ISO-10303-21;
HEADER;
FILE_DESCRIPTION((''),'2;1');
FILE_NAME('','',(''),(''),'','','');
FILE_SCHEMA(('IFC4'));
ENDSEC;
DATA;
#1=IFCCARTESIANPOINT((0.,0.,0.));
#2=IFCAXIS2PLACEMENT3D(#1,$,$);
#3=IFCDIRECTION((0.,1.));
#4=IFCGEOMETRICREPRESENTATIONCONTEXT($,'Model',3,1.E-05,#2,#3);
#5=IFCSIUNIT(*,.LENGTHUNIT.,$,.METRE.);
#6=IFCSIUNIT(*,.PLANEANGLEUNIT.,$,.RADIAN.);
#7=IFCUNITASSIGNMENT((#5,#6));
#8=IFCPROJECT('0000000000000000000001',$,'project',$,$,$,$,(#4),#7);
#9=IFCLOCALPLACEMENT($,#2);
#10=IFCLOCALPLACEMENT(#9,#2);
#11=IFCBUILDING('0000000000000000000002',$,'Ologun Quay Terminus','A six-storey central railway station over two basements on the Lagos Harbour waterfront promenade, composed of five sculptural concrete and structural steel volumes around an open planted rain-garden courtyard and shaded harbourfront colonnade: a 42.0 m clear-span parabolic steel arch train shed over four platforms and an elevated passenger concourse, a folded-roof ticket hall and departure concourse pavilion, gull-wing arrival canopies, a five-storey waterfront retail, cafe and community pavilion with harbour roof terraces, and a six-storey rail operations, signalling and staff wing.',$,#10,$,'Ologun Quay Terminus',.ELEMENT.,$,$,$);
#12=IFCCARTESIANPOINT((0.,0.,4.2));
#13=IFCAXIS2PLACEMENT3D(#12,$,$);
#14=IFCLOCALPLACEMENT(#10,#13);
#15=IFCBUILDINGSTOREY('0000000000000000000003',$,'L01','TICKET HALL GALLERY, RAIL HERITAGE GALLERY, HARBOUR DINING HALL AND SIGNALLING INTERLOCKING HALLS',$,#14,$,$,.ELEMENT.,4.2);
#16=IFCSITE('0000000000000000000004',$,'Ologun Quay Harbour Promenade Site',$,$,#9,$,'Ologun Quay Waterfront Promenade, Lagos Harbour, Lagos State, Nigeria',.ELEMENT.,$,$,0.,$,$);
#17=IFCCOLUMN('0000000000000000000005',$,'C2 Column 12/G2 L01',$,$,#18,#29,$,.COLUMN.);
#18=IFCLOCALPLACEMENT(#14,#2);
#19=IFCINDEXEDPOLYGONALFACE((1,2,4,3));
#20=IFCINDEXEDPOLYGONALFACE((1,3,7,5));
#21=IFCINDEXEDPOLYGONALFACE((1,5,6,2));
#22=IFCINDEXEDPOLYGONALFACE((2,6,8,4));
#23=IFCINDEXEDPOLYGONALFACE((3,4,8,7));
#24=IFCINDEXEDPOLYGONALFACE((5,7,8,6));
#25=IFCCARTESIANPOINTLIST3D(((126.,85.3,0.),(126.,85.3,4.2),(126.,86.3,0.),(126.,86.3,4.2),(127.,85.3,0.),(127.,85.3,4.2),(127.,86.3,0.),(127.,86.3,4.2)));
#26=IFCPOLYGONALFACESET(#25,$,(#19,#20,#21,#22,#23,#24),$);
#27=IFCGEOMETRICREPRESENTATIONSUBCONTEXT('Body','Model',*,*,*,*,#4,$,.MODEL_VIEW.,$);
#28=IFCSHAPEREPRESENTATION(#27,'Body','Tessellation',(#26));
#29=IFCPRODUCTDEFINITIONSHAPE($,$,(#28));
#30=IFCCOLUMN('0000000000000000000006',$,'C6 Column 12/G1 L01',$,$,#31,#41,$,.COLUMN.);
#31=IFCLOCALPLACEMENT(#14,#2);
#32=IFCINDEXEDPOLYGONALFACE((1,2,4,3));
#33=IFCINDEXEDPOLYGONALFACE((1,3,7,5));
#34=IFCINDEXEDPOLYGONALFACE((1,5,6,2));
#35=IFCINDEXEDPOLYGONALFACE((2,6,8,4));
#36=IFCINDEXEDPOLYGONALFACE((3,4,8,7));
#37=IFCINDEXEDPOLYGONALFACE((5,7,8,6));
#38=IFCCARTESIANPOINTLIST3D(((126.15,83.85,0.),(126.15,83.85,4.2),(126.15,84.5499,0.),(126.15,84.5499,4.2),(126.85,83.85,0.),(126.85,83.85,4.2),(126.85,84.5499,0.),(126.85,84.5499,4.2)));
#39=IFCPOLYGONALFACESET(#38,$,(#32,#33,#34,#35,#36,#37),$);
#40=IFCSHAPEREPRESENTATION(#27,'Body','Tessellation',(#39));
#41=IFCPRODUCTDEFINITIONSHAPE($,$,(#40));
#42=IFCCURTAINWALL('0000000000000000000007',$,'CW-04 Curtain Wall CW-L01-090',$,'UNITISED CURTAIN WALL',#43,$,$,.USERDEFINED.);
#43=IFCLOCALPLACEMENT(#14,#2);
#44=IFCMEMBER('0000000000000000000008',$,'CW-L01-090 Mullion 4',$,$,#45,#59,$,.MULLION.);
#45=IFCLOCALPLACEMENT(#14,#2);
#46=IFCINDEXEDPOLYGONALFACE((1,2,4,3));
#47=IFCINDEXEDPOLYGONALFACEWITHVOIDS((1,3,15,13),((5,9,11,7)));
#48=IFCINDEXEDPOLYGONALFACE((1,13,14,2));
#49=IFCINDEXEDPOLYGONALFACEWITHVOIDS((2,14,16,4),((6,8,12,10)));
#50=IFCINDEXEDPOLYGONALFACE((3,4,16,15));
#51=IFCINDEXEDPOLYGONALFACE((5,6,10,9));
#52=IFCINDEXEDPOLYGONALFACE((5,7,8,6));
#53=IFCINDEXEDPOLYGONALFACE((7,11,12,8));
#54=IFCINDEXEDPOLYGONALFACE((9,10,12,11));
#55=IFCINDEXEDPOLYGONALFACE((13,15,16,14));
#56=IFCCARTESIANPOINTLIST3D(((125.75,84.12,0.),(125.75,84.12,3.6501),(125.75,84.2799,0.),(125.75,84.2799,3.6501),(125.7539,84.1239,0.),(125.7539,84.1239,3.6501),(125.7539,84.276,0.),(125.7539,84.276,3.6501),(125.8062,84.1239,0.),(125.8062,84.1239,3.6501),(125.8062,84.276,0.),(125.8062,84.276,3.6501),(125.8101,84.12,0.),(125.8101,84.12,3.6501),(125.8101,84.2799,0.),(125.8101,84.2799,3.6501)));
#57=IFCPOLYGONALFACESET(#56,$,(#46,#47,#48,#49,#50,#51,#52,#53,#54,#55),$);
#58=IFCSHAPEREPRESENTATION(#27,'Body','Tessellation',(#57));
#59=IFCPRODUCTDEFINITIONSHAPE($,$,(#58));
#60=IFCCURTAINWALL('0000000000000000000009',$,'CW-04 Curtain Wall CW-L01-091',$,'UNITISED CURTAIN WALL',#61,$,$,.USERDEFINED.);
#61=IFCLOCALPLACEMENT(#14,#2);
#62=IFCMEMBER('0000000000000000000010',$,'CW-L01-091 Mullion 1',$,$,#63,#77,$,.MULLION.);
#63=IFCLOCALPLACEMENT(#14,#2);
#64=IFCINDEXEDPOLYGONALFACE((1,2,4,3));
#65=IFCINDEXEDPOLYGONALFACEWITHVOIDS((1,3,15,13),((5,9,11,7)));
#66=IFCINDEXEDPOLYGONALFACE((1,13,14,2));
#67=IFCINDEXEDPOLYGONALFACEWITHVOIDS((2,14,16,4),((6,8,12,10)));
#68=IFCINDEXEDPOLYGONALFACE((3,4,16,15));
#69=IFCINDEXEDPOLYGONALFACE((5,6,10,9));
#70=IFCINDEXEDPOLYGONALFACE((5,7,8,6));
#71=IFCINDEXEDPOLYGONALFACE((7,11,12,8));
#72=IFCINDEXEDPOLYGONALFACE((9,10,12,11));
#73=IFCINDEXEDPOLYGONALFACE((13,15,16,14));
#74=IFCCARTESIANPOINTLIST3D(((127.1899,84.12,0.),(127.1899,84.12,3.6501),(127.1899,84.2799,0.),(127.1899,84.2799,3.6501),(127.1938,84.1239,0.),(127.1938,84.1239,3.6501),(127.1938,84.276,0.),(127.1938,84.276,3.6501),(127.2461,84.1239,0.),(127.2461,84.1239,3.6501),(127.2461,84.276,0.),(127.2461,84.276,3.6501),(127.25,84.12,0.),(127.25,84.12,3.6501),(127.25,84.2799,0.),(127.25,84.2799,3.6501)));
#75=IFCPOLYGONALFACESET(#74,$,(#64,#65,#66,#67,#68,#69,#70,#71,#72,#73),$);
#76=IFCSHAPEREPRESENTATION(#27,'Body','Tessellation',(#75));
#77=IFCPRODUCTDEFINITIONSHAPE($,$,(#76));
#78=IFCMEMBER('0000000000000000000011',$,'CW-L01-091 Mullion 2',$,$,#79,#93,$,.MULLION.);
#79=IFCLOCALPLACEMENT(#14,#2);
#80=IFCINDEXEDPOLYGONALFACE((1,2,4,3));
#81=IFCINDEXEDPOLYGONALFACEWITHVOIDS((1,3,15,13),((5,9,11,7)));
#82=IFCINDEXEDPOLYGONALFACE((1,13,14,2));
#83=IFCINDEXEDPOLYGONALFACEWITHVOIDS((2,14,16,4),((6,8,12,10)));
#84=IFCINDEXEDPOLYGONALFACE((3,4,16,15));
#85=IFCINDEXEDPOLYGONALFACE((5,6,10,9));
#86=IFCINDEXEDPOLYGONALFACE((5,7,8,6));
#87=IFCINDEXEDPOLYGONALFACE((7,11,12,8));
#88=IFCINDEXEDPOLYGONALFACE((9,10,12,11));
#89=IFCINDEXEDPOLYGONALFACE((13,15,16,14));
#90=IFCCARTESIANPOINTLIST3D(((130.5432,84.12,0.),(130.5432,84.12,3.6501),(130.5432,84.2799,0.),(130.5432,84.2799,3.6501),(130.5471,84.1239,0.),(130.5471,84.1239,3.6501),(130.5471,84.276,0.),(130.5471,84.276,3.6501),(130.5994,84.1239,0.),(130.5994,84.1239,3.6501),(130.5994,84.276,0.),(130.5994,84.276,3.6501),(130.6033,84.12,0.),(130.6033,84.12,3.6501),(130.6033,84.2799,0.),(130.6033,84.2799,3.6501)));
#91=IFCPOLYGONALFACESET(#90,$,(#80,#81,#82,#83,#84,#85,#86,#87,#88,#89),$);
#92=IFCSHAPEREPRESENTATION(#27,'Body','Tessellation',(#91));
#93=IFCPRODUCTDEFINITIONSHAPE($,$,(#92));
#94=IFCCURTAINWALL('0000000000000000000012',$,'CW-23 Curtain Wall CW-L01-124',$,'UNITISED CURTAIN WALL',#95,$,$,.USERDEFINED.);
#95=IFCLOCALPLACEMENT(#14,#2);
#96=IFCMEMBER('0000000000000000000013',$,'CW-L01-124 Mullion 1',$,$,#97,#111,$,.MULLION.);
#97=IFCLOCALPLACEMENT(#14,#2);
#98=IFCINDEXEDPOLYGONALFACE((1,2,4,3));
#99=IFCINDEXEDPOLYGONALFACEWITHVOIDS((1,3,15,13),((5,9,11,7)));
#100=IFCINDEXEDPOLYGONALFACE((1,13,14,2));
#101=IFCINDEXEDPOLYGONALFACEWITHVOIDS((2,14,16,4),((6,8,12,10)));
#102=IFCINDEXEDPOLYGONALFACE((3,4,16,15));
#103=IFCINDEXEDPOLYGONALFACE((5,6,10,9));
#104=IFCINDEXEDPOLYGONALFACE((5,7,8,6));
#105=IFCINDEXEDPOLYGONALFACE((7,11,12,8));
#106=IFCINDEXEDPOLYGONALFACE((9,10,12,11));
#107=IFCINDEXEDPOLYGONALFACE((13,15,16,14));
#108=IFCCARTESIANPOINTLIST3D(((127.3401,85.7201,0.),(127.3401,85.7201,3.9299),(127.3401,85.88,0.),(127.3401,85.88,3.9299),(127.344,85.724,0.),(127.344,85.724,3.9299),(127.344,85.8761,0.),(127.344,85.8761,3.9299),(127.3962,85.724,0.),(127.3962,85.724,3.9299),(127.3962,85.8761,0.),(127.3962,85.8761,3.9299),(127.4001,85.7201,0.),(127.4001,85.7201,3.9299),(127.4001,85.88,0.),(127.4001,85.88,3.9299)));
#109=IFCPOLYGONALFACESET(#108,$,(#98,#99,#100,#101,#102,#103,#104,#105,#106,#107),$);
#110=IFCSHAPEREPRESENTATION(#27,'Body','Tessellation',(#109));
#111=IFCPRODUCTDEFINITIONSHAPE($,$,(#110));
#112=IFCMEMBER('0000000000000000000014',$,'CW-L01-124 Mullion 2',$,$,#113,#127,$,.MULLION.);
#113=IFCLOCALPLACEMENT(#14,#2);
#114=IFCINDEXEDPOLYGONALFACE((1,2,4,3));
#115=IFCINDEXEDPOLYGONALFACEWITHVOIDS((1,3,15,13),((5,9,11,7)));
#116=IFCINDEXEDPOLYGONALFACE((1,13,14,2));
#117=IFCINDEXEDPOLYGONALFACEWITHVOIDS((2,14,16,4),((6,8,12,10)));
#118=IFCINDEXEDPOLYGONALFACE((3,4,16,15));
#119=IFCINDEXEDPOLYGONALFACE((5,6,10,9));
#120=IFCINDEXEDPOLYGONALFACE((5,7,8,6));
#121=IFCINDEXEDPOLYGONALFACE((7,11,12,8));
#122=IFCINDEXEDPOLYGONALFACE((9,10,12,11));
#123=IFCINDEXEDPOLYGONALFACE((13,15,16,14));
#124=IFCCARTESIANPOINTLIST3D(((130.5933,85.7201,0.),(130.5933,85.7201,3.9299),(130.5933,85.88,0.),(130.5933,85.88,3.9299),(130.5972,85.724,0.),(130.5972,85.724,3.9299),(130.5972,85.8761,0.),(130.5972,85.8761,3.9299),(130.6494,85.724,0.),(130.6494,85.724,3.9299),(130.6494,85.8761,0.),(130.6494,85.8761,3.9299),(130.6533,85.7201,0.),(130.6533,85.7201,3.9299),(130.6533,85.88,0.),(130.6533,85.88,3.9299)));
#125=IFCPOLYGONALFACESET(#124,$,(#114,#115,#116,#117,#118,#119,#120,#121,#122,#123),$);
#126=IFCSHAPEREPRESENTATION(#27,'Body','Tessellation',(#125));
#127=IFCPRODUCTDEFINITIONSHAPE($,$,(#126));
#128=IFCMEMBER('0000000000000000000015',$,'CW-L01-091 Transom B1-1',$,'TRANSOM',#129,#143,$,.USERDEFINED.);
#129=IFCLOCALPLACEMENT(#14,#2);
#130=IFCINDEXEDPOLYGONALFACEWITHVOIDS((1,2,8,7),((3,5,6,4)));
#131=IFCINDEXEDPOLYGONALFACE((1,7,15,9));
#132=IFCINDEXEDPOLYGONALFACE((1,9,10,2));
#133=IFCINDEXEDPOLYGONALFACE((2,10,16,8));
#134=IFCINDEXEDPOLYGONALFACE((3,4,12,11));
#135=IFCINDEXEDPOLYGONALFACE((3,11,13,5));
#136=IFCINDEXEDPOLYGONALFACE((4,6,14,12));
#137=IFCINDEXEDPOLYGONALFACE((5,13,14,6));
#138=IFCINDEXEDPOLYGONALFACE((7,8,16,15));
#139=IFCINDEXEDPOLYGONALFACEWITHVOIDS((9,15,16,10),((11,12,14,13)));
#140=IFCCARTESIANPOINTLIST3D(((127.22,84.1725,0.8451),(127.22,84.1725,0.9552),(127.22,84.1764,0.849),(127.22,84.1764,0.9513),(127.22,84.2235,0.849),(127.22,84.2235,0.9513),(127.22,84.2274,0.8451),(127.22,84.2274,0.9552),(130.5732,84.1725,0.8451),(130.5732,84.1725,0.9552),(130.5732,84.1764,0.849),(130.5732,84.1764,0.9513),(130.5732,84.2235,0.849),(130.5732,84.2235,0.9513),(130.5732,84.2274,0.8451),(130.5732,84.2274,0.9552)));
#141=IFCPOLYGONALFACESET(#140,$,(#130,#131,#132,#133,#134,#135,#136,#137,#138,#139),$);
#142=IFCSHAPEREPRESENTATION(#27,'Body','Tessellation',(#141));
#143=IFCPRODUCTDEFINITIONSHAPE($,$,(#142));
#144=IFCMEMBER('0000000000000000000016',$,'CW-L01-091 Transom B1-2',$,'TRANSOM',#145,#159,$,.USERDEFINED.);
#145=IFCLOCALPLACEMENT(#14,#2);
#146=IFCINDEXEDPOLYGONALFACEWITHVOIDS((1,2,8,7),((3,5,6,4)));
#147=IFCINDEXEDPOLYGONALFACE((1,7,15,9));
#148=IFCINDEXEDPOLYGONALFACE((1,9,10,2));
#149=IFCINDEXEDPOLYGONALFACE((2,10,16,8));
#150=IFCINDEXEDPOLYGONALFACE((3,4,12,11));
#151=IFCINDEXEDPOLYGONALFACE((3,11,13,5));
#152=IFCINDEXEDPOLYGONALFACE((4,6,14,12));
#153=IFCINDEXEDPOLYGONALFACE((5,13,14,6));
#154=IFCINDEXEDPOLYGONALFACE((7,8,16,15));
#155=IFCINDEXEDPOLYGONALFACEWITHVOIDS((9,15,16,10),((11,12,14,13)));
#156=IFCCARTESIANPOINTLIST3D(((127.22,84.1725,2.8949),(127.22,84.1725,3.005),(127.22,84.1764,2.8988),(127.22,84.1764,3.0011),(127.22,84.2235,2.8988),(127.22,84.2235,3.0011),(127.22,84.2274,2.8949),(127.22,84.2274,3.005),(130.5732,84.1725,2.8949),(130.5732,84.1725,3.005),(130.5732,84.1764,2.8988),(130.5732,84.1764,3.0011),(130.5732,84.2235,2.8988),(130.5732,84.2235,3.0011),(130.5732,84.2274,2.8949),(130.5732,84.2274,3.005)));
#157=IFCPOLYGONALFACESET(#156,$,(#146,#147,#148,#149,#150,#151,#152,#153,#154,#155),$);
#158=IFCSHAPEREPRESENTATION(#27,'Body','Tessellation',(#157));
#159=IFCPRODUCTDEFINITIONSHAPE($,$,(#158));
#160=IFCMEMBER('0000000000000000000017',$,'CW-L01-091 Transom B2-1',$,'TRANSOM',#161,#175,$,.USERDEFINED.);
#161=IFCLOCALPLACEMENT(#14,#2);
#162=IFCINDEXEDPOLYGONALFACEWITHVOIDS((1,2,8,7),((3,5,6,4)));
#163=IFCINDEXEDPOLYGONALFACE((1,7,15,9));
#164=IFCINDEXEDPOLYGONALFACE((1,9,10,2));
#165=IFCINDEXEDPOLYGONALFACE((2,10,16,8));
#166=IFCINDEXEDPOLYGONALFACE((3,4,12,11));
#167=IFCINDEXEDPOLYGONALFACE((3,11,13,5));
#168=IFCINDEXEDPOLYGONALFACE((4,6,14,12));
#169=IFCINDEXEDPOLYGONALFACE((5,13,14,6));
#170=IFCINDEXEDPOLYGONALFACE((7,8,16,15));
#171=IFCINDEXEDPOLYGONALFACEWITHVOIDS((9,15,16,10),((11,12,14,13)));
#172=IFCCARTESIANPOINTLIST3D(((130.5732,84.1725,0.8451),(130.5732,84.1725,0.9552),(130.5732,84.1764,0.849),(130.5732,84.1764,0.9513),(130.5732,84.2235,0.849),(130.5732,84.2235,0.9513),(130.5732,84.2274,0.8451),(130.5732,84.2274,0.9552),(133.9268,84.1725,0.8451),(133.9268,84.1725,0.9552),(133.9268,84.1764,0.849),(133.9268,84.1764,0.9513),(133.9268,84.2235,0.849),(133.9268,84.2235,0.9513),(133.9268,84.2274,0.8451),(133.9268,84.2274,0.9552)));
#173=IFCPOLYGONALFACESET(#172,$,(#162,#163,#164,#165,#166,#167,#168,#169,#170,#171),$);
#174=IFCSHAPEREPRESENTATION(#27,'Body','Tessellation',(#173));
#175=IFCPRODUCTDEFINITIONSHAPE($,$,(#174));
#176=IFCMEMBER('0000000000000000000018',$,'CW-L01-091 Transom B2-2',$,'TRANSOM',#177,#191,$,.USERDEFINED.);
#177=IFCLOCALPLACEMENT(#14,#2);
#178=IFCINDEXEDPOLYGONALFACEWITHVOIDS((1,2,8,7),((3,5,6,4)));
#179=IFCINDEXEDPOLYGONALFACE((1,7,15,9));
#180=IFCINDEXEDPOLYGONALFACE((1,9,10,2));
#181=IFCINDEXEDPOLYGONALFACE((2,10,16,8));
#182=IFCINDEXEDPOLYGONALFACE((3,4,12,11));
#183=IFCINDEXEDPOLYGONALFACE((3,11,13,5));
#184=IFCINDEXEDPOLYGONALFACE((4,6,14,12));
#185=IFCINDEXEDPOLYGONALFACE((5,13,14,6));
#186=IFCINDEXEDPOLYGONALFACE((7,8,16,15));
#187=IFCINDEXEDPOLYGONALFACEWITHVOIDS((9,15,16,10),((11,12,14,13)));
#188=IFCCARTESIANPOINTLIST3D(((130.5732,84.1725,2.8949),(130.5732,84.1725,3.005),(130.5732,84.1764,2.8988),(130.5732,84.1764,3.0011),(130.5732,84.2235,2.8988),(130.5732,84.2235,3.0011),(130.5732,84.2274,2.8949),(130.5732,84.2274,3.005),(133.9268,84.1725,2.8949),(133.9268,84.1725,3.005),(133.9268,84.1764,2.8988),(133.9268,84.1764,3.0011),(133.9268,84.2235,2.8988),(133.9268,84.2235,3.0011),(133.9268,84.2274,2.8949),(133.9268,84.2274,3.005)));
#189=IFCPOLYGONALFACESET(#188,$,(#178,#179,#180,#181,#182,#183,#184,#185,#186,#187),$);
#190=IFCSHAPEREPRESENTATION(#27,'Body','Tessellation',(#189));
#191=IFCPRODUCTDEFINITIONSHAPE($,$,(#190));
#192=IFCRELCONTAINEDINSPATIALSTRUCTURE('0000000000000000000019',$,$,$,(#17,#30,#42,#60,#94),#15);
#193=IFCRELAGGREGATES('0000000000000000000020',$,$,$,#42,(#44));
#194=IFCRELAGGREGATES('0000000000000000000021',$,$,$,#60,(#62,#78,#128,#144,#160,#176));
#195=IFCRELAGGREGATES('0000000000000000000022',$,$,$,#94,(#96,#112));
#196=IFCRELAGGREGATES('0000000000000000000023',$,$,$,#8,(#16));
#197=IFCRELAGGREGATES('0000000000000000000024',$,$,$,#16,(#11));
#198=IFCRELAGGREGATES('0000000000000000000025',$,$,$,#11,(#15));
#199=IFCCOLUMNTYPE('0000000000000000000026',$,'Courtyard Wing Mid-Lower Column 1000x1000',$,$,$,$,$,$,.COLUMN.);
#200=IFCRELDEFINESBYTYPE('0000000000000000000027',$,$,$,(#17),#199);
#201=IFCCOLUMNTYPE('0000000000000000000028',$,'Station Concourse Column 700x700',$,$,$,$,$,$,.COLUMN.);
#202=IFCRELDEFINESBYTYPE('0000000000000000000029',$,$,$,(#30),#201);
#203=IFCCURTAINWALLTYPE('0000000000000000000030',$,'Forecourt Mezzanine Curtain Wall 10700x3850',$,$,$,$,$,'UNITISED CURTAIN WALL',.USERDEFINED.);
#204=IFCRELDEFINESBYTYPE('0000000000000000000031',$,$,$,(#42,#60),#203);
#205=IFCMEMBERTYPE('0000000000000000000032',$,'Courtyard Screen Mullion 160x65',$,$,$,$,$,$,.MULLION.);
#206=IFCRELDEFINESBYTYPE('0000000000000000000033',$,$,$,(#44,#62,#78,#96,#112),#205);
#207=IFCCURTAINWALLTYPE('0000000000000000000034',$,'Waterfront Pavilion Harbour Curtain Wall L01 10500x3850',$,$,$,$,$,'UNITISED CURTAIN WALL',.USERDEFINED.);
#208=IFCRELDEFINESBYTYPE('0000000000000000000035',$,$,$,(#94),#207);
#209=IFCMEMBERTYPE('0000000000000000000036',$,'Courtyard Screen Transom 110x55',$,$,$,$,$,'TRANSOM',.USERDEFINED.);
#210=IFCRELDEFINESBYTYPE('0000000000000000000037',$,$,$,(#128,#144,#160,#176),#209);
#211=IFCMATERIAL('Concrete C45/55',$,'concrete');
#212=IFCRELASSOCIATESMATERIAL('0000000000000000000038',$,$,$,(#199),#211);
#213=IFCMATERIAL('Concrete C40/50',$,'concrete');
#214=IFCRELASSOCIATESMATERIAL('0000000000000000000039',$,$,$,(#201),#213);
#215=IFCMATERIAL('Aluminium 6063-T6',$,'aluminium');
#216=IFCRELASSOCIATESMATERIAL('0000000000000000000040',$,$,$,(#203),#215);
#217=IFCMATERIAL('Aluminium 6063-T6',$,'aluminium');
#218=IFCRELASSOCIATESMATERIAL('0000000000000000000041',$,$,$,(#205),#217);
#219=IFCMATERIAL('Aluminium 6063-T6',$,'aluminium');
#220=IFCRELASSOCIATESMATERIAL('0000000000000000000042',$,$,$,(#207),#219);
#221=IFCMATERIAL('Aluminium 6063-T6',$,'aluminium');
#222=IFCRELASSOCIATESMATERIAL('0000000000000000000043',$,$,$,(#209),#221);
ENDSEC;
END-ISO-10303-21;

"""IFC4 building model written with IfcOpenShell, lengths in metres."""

from ifc_helpers import new_model, si_unit, direction, frame, origin, origin_2d, place, context, subcontext, project, spatial, rectangle, hollow_rectangle, extrude, material, material_profile, profile_set, type_object, element, aggregate, save


model = new_model("IFC4")

# Units and contexts
model_context = context("Model", 3, precision=1e-05, world=origin(), true_north=direction((0.0, 1.0)))
body_context = subcontext(model_context, "Body", "Model", "MODEL_VIEW")
ifc_project = project(units=[si_unit("LENGTHUNIT", "METRE"), si_unit("PLANEANGLEUNIT", "RADIAN")], contexts=[model_context])

# Site, building, storey
site_placement = place(None, origin())
site = spatial("IfcSite", under=ifc_project, at=site_placement, Name="Ologun Quay Harbour Promenade Site", LongName="Ologun Quay Waterfront Promenade, Lagos Harbour, Lagos State, Nigeria", CompositionType="ELEMENT", RefElevation=0.0)
building_placement = place(site_placement, origin())
building = spatial("IfcBuilding", under=site, at=building_placement, Name="Ologun Quay Terminus", Description="A six-storey central railway station over two basements on the Lagos Harbour waterfront promenade, composed of five sculptural concrete and structural steel volumes around an open planted rain-garden courtyard and shaded harbourfront colonnade: a 42.0 m clear-span parabolic steel arch train shed over four platforms and an elevated passenger concourse, a folded-roof ticket hall and departure concourse pavilion, gull-wing arrival canopies, a five-storey waterfront retail, cafe and community pavilion with harbour roof terraces, and a six-storey rail operations, signalling and staff wing.", LongName="Ologun Quay Terminus", CompositionType="ELEMENT")
storey_placement = place(building_placement, frame((0.0, 0.0, 4.2)))
storey = spatial("IfcBuildingStorey", under=building, at=storey_placement, Name="L01", Description="TICKET HALL GALLERY, RAIL HERITAGE GALLERY, HARBOUR DINING HALL AND SIGNALLING INTERLOCKING HALLS", CompositionType="ELEMENT", Elevation=4.2)

# Columns
ifc_material_1 = material(Name="Concrete C45/55", Category="concrete")
ifc_material_profile_1 = material_profile(ifc_material_1, rectangle(XDim=1.0, YDim=1.0, at=origin_2d()), Name="RC 1000x1000")
ifc_profile_set_1 = profile_set([ifc_material_profile_1], Name="Concrete C45/55")
column_type_1 = type_object("IfcColumnType", Name="Courtyard Wing Mid-Lower Column 1000x1000", PredefinedType="COLUMN", material=ifc_profile_set_1)
column_1_placement = place(storey_placement, frame((126.5, 85.8, 0.0), z_axis=(0.0, 0.0, 1.0), x_axis=(1.0, 0.0, 0.0)))
element("IfcColumn", 1, at=column_1_placement, inside=storey, type_object=column_type_1, Name="C2 Column 12/G2 L01", PredefinedType="COLUMN", context=body_context, shape_type="SweptSolid", body=[
    extrude(rectangle(XDim=1.0, YDim=1.0, at=origin_2d()), origin(), (0.0, 0.0, 1.0), 4.2),
])
ifc_material_2 = material(Name="Concrete C40/50", Category="concrete")
ifc_material_profile_2 = material_profile(ifc_material_2, rectangle(XDim=0.7, YDim=0.7, at=origin_2d()), Name="RC 700x700")
ifc_profile_set_2 = profile_set([ifc_material_profile_2], Name="Concrete C40/50")
column_type_2 = type_object("IfcColumnType", Name="Station Concourse Column 700x700", PredefinedType="COLUMN", material=ifc_profile_set_2)
column_2_placement = place(storey_placement, frame((126.5, 84.2, 0.0), z_axis=(0.0, 0.0, 1.0), x_axis=(1.0, 0.0, 0.0)))
element("IfcColumn", 2, at=column_2_placement, inside=storey, type_object=column_type_2, Name="C6 Column 12/G1 L01", PredefinedType="COLUMN", context=body_context, shape_type="SweptSolid", body=[
    extrude(rectangle(XDim=0.7, YDim=0.7, at=origin_2d()), origin(), (0.0, 0.0, 1.0), 4.2),
])

# Curtain wall, member
ifc_material_3 = material(Name="Aluminium 6063-T6", Category="aluminium")
curtain_wall_type_1 = type_object("IfcCurtainWallType", Name="Forecourt Mezzanine Curtain Wall 10700x3850", ElementType="UNITISED CURTAIN WALL", PredefinedType="USERDEFINED", material=ifc_material_3)
curtain_wall_1_placement = place(storey_placement, origin())
curtain_wall_1 = element("IfcCurtainWall", 3, at=curtain_wall_1_placement, inside=storey, type_object=curtain_wall_type_1, Name="CW-04 Curtain Wall CW-L01-090", ObjectType="UNITISED CURTAIN WALL", PredefinedType="USERDEFINED")
ifc_material_4 = material(Name="Aluminium 6063-T6", Category="aluminium")
ifc_material_profile_3 = material_profile(ifc_material_4, hollow_rectangle(XDim=0.0601, YDim=0.1599, WallThickness=0.0039, at=origin_2d()), Name="ALU 160x60x4")
ifc_profile_set_3 = profile_set([ifc_material_profile_3], Name="Aluminium 6063-T6")
member_type_1 = type_object("IfcMemberType", Name="Courtyard Screen Mullion 160x65", PredefinedType="MULLION", material=ifc_profile_set_3)
member_1_placement = place(storey_placement, frame((125.78, 84.2, 0.0), z_axis=(0.0, 0.0, 1.0), x_axis=(1.0, 0.0, 0.0)))
member_1 = element("IfcMember", 4, at=member_1_placement, type_object=member_type_1, Name="CW-L01-090 Mullion 4", PredefinedType="MULLION", context=body_context, shape_type="SweptSolid", body=[
    extrude(hollow_rectangle(XDim=0.0601, YDim=0.1599, WallThickness=0.0039, at=origin_2d()), origin(), (0.0, 0.0, 1.0), 3.6501),
])
aggregate(curtain_wall_1, [member_1])

# Curtain walls, members
curtain_wall_2_placement = place(storey_placement, origin())
curtain_wall_2 = element("IfcCurtainWall", 5, at=curtain_wall_2_placement, inside=storey, type_object=curtain_wall_type_1, Name="CW-04 Curtain Wall CW-L01-091", ObjectType="UNITISED CURTAIN WALL", PredefinedType="USERDEFINED")
member_2_placement = place(storey_placement, frame((127.22, 84.2, 0.0), z_axis=(0.0, 0.0, 1.0), x_axis=(1.0, 0.0, 0.0)))
member_2 = element("IfcMember", 6, at=member_2_placement, type_object=member_type_1, Name="CW-L01-091 Mullion 1", PredefinedType="MULLION", context=body_context, shape_type="SweptSolid", body=[
    extrude(hollow_rectangle(XDim=0.0601, YDim=0.1599, WallThickness=0.0039, at=origin_2d()), origin(), (0.0, 0.0, 1.0), 3.6501),
])
member_3_placement = place(storey_placement, frame((130.5732, 84.2, 0.0), z_axis=(0.0, 0.0, 1.0), x_axis=(1.0, 0.0, 0.0)))
member_3 = element("IfcMember", 7, at=member_3_placement, type_object=member_type_1, Name="CW-L01-091 Mullion 2", PredefinedType="MULLION", context=body_context, shape_type="SweptSolid", body=[
    extrude(hollow_rectangle(XDim=0.0601, YDim=0.1599, WallThickness=0.0039, at=origin_2d()), origin(), (0.0, 0.0, 1.0), 3.6501),
])
ifc_material_5 = material(Name="Aluminium 6063-T6", Category="aluminium")
curtain_wall_type_2 = type_object("IfcCurtainWallType", Name="Waterfront Pavilion Harbour Curtain Wall L01 10500x3850", ElementType="UNITISED CURTAIN WALL", PredefinedType="USERDEFINED", material=ifc_material_5)
curtain_wall_3_placement = place(storey_placement, origin())
curtain_wall_3 = element("IfcCurtainWall", 8, at=curtain_wall_3_placement, inside=storey, type_object=curtain_wall_type_2, Name="CW-23 Curtain Wall CW-L01-124", ObjectType="UNITISED CURTAIN WALL", PredefinedType="USERDEFINED")
member_4_placement = place(storey_placement, frame((127.3701, 85.8, 0.0), z_axis=(0.0, 0.0, 1.0), x_axis=(1.0, 0.0, 0.0)))
member_4 = element("IfcMember", 9, at=member_4_placement, type_object=member_type_1, Name="CW-L01-124 Mullion 1", PredefinedType="MULLION", context=body_context, shape_type="SweptSolid", body=[
    extrude(hollow_rectangle(XDim=0.0601, YDim=0.1599, WallThickness=0.0039, at=origin_2d()), origin(), (0.0, 0.0, 1.0), 3.9299),
])
member_5_placement = place(storey_placement, frame((130.6233, 85.8, 0.0), z_axis=(0.0, 0.0, 1.0), x_axis=(1.0, 0.0, 0.0)))
member_5 = element("IfcMember", 10, at=member_5_placement, type_object=member_type_1, Name="CW-L01-124 Mullion 2", PredefinedType="MULLION", context=body_context, shape_type="SweptSolid", body=[
    extrude(hollow_rectangle(XDim=0.0601, YDim=0.1599, WallThickness=0.0039, at=origin_2d()), origin(), (0.0, 0.0, 1.0), 3.9299),
])

# Members
ifc_material_6 = material(Name="Aluminium 6063-T6", Category="aluminium")
ifc_material_profile_4 = material_profile(ifc_material_6, hollow_rectangle(XDim=0.0549, YDim=0.1101, WallThickness=0.0039, at=origin_2d()), Name="ALU 110x55x4")
ifc_profile_set_4 = profile_set([ifc_material_profile_4], Name="Aluminium 6063-T6")
member_type_2 = type_object("IfcMemberType", Name="Courtyard Screen Transom 110x55", ElementType="TRANSOM", PredefinedType="USERDEFINED", material=ifc_profile_set_4)
member_6_placement = place(storey_placement, frame((127.22, 84.2, 0.9001), z_axis=(1.0, 0.0, 0.0), x_axis=(0.0, 1.0, 0.0)))
member_6 = element("IfcMember", 11, at=member_6_placement, type_object=member_type_2, Name="CW-L01-091 Transom B1-1", ObjectType="TRANSOM", PredefinedType="USERDEFINED", context=body_context, shape_type="SweptSolid", body=[
    extrude(hollow_rectangle(XDim=0.0549, YDim=0.1101, WallThickness=0.0039, at=origin_2d()), origin(), (0.0, 0.0, 1.0), 3.3533),
])
member_7_placement = place(storey_placement, frame((127.22, 84.2, 2.95), z_axis=(1.0, 0.0, 0.0), x_axis=(0.0, 1.0, 0.0)))
member_7 = element("IfcMember", 12, at=member_7_placement, type_object=member_type_2, Name="CW-L01-091 Transom B1-2", ObjectType="TRANSOM", PredefinedType="USERDEFINED", context=body_context, shape_type="SweptSolid", body=[
    extrude(hollow_rectangle(XDim=0.0549, YDim=0.1101, WallThickness=0.0039, at=origin_2d()), origin(), (0.0, 0.0, 1.0), 3.3533),
])
member_8_placement = place(storey_placement, frame((130.5732, 84.2, 0.9001), z_axis=(1.0, 0.0, 0.0), x_axis=(0.0, 1.0, 0.0)))
member_8 = element("IfcMember", 13, at=member_8_placement, type_object=member_type_2, Name="CW-L01-091 Transom B2-1", ObjectType="TRANSOM", PredefinedType="USERDEFINED", context=body_context, shape_type="SweptSolid", body=[
    extrude(hollow_rectangle(XDim=0.0549, YDim=0.1101, WallThickness=0.0039, at=origin_2d()), origin(), (0.0, 0.0, 1.0), 3.3535),
])
member_9_placement = place(storey_placement, frame((130.5732, 84.2, 2.95), z_axis=(1.0, 0.0, 0.0), x_axis=(0.0, 1.0, 0.0)))
member_9 = element("IfcMember", 14, at=member_9_placement, type_object=member_type_2, Name="CW-L01-091 Transom B2-2", ObjectType="TRANSOM", PredefinedType="USERDEFINED", context=body_context, shape_type="SweptSolid", body=[
    extrude(hollow_rectangle(XDim=0.0549, YDim=0.1101, WallThickness=0.0039, at=origin_2d()), origin(), (0.0, 0.0, 1.0), 3.3535),
])

aggregate(curtain_wall_2, [member_2, member_3, member_6, member_7, member_8, member_9])
aggregate(curtain_wall_3, [member_4, member_5])

save(model, "model.ifc")
